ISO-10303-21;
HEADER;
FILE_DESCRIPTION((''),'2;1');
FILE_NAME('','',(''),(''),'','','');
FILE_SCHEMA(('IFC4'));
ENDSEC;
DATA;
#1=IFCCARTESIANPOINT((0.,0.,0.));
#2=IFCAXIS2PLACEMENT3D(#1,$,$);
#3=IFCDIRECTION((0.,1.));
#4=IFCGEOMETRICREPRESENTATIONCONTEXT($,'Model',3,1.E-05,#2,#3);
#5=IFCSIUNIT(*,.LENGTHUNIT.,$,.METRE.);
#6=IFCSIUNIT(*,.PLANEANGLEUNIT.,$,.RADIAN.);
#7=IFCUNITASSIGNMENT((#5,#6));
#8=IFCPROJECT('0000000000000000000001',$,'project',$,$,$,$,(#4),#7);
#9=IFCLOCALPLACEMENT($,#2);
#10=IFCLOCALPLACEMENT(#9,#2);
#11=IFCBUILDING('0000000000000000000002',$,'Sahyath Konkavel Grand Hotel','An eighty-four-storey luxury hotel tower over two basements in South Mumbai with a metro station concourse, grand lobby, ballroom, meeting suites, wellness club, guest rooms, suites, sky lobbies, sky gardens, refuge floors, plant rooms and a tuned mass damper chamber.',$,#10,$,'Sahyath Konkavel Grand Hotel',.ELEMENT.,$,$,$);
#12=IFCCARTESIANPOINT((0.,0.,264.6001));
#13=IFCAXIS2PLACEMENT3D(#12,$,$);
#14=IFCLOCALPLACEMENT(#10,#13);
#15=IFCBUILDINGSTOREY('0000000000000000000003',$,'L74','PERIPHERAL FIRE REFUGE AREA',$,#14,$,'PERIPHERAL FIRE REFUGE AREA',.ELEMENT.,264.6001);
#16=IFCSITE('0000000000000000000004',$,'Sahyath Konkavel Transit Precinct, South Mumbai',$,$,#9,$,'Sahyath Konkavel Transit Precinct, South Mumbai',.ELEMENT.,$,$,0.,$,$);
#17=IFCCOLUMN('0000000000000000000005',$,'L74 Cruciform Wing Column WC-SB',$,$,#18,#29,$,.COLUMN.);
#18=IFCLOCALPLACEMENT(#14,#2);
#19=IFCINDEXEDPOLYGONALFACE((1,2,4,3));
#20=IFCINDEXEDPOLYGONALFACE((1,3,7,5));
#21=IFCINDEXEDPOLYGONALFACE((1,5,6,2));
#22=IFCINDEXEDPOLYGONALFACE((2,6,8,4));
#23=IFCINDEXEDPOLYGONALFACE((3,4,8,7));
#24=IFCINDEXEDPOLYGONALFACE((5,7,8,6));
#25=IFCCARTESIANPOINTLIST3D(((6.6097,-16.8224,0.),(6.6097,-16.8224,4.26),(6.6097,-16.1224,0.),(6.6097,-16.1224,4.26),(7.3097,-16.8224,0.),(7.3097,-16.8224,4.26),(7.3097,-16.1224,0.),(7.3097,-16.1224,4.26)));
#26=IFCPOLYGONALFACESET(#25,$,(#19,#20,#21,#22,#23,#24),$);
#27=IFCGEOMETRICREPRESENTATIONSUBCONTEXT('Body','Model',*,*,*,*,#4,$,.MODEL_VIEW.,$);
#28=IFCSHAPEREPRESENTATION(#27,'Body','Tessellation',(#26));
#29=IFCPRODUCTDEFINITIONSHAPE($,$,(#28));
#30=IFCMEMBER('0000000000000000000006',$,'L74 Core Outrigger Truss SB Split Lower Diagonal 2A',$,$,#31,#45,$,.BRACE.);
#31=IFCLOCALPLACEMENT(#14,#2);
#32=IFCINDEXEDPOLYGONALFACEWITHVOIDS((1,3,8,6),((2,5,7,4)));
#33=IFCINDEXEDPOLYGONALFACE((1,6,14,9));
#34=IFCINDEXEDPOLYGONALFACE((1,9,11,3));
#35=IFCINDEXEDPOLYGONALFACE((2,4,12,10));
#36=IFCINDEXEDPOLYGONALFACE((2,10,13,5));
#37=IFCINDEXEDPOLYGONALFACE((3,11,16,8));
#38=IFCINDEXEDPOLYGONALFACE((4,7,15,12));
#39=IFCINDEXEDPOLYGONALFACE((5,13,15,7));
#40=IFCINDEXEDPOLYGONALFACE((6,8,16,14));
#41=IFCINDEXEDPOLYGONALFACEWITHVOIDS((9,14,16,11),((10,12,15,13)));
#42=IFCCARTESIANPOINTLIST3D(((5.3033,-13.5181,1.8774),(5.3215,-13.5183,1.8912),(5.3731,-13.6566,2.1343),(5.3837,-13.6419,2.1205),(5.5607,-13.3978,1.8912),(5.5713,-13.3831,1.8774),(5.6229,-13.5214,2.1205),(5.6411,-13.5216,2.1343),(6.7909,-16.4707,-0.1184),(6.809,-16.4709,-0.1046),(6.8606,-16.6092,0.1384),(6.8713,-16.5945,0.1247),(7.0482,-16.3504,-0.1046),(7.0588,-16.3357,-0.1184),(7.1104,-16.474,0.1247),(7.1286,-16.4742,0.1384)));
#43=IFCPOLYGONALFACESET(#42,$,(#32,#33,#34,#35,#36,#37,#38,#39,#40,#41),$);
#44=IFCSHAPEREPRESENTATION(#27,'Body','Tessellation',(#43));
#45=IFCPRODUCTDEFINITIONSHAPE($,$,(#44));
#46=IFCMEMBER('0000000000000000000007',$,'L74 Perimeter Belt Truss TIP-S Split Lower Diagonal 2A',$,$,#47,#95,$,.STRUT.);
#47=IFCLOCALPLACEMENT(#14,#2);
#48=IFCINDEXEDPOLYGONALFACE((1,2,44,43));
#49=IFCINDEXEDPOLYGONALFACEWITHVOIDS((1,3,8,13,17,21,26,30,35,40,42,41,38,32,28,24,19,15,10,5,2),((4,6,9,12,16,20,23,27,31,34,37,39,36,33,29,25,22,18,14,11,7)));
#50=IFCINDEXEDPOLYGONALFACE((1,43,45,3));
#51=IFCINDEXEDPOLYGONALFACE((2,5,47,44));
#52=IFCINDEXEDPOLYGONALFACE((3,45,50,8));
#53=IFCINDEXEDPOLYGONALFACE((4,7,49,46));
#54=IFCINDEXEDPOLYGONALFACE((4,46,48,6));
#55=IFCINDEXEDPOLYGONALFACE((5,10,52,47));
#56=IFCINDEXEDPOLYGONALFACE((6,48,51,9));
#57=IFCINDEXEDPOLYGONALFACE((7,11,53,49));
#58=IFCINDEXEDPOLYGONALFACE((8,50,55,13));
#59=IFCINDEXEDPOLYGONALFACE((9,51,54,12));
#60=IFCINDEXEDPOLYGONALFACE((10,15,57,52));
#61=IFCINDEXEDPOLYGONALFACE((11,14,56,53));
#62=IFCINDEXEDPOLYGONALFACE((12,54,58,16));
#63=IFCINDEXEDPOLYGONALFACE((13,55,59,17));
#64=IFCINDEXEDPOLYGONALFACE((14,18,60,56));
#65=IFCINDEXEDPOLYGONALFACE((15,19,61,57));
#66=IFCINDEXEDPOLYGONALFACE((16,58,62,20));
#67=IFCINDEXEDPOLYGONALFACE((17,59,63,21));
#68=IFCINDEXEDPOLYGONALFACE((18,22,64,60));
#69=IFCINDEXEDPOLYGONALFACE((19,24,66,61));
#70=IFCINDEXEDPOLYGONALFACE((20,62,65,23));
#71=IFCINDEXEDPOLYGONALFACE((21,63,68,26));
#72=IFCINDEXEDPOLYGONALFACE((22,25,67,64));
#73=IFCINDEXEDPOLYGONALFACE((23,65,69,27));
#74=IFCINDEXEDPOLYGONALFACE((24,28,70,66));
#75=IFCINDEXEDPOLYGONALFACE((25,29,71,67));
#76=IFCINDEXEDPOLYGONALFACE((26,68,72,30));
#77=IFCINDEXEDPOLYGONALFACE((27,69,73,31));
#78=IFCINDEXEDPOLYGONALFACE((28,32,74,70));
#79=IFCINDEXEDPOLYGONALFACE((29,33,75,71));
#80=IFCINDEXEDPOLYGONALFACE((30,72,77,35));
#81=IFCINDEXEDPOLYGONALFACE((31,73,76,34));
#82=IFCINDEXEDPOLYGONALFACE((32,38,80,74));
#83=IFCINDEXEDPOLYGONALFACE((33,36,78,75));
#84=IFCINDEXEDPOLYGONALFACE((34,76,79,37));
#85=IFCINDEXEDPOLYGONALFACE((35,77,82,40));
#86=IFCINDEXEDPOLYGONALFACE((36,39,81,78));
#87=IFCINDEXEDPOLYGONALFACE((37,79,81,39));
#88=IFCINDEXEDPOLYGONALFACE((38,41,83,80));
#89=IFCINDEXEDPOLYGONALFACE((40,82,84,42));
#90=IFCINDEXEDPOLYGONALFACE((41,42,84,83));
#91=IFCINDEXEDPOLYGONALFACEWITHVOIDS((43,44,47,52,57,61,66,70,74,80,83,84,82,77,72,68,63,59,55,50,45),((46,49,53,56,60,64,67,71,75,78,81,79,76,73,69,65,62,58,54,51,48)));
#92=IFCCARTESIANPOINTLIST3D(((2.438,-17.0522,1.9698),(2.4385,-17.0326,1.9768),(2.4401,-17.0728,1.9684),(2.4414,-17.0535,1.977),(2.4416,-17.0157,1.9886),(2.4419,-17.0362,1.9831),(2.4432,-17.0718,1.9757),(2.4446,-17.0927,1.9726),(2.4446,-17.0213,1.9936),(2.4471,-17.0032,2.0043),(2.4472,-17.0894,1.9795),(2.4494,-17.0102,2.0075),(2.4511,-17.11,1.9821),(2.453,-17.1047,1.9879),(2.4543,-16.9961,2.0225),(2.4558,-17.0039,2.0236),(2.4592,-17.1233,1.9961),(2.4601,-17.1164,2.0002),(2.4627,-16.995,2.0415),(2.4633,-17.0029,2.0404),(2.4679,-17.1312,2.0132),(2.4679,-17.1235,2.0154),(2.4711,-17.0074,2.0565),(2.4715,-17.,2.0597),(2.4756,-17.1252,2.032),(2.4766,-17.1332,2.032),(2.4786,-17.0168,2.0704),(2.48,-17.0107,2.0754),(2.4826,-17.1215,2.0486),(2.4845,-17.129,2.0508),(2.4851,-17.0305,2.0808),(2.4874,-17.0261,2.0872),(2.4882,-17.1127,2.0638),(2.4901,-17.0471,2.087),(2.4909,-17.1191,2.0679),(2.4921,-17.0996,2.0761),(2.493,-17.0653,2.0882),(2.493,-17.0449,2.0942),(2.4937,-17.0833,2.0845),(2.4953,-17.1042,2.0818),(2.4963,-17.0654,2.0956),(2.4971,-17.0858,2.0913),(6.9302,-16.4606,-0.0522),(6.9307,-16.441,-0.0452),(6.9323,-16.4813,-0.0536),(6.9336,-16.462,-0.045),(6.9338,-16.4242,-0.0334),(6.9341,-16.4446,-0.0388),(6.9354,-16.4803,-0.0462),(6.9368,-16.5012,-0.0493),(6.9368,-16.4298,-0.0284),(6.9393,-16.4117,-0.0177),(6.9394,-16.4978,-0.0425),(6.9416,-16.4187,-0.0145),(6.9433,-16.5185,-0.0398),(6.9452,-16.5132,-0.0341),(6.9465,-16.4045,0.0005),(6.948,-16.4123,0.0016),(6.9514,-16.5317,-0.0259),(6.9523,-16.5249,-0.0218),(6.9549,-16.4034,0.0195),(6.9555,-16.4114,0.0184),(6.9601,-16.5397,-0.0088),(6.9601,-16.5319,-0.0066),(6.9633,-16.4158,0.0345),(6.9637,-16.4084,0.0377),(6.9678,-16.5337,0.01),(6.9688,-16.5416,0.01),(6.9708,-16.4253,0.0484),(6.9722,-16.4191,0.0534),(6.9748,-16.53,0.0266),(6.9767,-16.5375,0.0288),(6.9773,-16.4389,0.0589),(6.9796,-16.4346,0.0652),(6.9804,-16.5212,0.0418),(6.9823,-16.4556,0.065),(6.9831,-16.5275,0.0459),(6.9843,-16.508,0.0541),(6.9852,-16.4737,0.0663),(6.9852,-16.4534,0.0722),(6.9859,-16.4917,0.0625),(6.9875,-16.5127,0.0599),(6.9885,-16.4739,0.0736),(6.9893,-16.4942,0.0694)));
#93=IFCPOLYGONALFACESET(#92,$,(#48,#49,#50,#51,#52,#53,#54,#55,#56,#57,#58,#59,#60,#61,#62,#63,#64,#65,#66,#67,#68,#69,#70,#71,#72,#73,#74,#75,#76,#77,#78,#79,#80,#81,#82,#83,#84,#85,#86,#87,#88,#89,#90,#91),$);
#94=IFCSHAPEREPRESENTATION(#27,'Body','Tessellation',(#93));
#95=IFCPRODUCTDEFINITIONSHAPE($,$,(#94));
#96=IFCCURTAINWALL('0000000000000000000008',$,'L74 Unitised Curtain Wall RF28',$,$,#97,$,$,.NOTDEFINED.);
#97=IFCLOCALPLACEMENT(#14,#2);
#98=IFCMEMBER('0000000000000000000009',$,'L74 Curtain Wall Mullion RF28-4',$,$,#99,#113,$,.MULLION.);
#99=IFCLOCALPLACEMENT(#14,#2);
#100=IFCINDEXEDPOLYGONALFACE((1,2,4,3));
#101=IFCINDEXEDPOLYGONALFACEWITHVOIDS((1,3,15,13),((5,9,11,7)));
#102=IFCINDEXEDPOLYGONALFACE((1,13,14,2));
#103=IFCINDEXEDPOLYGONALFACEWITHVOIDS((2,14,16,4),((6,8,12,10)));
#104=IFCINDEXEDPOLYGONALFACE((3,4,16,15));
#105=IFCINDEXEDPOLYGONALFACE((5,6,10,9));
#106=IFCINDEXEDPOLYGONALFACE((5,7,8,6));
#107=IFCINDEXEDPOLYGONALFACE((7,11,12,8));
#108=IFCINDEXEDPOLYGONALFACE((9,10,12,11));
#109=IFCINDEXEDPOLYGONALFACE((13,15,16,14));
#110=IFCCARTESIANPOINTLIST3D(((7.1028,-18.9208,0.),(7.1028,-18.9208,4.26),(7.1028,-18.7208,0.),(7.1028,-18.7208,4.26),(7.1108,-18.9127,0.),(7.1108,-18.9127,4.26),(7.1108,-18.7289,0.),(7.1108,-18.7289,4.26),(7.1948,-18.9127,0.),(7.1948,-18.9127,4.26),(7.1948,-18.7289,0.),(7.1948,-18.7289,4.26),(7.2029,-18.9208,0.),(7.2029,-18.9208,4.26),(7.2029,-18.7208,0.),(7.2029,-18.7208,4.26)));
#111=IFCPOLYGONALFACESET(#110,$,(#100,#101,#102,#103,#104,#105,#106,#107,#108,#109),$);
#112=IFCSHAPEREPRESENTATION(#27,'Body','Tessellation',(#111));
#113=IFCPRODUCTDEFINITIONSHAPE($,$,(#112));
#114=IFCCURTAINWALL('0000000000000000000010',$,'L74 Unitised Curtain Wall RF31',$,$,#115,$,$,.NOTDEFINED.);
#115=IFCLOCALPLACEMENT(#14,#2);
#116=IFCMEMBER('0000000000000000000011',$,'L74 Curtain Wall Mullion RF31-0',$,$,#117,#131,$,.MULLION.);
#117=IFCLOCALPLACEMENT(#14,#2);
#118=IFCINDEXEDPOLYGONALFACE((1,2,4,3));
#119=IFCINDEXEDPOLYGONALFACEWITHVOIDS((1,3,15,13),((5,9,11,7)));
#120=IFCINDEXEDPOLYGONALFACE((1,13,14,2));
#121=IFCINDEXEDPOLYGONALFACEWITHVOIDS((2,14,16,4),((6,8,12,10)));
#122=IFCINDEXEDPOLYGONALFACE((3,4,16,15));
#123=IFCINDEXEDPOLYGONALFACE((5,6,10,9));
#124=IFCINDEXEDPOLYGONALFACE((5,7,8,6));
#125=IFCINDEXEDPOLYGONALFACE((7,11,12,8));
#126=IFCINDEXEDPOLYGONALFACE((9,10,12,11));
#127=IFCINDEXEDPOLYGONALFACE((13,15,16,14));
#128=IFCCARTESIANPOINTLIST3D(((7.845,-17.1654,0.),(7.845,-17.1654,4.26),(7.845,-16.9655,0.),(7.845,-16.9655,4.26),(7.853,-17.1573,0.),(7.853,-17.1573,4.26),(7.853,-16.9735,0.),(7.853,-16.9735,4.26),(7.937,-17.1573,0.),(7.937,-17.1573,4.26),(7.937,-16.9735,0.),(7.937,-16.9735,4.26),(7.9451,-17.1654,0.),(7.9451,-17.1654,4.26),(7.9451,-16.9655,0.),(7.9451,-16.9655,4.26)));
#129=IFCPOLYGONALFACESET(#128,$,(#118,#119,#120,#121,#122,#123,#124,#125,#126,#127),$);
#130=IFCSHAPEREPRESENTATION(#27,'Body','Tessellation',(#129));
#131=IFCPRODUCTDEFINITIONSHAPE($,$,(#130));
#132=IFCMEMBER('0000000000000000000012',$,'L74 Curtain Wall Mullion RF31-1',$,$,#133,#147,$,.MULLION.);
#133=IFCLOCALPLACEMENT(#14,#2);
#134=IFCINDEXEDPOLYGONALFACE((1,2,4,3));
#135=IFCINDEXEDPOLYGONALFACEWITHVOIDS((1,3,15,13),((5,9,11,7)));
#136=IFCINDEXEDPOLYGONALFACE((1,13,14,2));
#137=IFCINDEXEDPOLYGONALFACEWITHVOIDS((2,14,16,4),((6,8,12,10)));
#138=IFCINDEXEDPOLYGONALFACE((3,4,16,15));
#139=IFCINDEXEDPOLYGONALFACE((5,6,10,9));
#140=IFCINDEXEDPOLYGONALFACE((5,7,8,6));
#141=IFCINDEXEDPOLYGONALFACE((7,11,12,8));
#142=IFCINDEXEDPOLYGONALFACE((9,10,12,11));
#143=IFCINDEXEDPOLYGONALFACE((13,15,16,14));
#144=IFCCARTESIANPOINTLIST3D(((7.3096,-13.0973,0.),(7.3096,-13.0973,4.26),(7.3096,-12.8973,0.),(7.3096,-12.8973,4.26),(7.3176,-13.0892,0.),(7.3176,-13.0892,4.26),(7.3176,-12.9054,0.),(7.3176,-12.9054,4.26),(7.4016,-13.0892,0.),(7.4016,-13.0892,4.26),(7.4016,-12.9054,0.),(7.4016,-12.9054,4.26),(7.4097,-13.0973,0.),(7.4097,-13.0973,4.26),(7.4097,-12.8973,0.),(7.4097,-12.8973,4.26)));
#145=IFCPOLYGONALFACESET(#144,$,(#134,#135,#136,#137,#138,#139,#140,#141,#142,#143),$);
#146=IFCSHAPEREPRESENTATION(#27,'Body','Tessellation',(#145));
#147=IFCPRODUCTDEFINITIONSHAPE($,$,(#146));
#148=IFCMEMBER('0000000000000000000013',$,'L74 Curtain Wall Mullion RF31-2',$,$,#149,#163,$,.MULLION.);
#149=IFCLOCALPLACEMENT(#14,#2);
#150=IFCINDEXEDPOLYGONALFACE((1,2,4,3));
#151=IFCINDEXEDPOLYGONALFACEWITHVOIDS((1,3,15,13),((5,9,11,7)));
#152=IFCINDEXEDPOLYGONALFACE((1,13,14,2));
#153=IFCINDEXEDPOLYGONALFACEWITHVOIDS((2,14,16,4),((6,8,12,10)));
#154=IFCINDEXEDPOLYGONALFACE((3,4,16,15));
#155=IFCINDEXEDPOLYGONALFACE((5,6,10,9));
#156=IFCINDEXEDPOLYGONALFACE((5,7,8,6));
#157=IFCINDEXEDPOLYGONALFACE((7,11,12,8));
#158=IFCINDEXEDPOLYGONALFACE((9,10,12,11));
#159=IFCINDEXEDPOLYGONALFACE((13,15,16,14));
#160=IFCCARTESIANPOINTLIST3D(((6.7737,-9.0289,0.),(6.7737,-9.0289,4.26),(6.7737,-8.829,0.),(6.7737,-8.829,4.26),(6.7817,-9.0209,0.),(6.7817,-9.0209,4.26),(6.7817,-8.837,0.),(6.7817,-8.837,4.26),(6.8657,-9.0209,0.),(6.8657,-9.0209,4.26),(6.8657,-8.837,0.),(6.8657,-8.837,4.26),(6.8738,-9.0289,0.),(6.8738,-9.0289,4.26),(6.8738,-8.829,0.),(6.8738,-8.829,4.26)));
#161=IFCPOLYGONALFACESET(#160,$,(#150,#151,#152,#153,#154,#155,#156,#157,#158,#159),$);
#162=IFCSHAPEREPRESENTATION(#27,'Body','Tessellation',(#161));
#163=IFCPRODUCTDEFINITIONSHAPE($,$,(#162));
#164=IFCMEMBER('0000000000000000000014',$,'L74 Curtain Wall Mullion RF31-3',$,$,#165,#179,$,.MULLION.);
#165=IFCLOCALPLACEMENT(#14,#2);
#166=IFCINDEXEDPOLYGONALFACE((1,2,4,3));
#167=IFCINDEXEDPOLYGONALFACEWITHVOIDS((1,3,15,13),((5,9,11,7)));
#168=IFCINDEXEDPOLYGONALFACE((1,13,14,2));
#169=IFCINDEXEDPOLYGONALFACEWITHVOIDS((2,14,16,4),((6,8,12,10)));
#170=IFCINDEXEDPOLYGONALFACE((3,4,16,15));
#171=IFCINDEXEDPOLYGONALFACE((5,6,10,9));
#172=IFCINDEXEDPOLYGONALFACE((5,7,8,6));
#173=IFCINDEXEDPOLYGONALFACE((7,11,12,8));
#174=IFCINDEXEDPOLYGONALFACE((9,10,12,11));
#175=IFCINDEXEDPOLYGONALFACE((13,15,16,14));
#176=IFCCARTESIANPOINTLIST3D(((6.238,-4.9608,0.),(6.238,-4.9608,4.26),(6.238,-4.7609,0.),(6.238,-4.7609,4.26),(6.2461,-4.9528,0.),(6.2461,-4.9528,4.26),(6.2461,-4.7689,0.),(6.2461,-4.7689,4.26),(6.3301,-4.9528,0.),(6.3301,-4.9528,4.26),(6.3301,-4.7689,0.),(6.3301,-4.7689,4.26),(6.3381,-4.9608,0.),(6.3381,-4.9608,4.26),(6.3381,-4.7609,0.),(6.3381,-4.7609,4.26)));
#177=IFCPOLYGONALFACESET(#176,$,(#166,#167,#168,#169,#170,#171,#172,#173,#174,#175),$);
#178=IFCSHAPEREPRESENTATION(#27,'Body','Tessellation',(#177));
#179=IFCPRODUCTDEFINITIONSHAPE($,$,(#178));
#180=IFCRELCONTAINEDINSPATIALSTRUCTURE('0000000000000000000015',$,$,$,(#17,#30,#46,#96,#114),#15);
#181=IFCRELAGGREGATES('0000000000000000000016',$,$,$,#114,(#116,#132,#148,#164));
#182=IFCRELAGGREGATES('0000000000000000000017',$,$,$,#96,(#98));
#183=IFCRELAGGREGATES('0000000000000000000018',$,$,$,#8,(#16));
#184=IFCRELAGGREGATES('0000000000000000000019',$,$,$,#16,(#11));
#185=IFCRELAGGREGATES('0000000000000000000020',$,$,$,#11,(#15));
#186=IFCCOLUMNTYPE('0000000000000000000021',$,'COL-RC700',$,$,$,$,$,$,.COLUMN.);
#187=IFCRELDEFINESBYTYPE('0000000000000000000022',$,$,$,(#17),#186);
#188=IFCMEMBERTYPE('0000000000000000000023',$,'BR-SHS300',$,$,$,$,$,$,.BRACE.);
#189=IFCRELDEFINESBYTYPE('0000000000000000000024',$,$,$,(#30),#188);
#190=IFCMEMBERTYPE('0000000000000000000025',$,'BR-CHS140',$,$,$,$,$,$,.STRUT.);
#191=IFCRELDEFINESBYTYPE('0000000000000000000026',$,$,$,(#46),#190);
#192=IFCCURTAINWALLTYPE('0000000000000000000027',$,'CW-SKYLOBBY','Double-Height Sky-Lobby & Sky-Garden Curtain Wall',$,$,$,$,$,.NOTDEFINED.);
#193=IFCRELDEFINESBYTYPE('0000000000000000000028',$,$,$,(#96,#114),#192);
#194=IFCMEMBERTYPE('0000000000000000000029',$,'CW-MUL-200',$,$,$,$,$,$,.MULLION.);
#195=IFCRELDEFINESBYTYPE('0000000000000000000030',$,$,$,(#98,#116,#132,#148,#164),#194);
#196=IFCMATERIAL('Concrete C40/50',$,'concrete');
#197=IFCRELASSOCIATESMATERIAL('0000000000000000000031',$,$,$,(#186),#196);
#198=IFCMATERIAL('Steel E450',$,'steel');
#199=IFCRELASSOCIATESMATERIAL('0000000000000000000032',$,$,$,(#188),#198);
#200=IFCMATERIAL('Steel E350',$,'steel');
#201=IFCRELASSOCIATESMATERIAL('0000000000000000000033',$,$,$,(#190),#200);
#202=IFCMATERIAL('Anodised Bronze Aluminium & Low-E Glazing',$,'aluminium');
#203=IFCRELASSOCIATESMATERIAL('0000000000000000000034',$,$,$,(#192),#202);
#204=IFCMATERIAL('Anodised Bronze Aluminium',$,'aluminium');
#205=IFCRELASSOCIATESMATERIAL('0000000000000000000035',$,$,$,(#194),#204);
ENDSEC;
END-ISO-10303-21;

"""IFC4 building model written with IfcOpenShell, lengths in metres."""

from ifc_helpers import new_model, si_unit, direction, frame, origin, origin_2d, place, context, subcontext, project, spatial, rectangle, hollow_rectangle, hollow_circle, extrude, source, transform, mapped, material, material_profile, profile_set, type_object, element, aggregate, save


model = new_model("IFC4")

# Units and contexts
model_context = context("Model", 3, precision=1e-05, world=origin(), true_north=direction((0.0, 1.0)))
body_context = subcontext(model_context, "Body", "Model", "MODEL_VIEW")
ifc_project = project(units=[si_unit("LENGTHUNIT", "METRE"), si_unit("PLANEANGLEUNIT", "RADIAN")], contexts=[model_context])

# Site, building, storey
site_placement = place(None, origin())
site = spatial("IfcSite", under=ifc_project, at=site_placement, Name="Sahyath Konkavel Transit Precinct, South Mumbai", LongName="Sahyath Konkavel Transit Precinct, South Mumbai", CompositionType="ELEMENT", RefElevation=0.0)
building_placement = place(site_placement, origin())
building = spatial("IfcBuilding", under=site, at=building_placement, Name="Sahyath Konkavel Grand Hotel", Description="An eighty-four-storey luxury hotel tower over two basements in South Mumbai with a metro station concourse, grand lobby, ballroom, meeting suites, wellness club, guest rooms, suites, sky lobbies, sky gardens, refuge floors, plant rooms and a tuned mass damper chamber.", LongName="Sahyath Konkavel Grand Hotel", CompositionType="ELEMENT")
storey_placement = place(building_placement, frame((0.0, 0.0, 264.6001)))
storey = spatial("IfcBuildingStorey", under=building, at=storey_placement, Name="L74", Description="PERIPHERAL FIRE REFUGE AREA", LongName="PERIPHERAL FIRE REFUGE AREA", CompositionType="ELEMENT", Elevation=264.6001)

# Column
ifc_material_1 = material(Name="Concrete C40/50", Category="concrete")
ifc_material_profile_1 = material_profile(ifc_material_1, rectangle(XDim=0.7, YDim=0.7, at=origin_2d()), Name="RC 700x700")
ifc_profile_set_1 = profile_set([ifc_material_profile_1], Name="Concrete C40/50")
column_type = type_object("IfcColumnType", Name="COL-RC700", PredefinedType="COLUMN", material=ifc_profile_set_1)
shared_shape_1 = source(origin(), body_context, "Body", "SweptSolid", [
    extrude(rectangle(XDim=0.7, YDim=0.7, at=origin_2d()), origin(), (0.0, 0.0, 1.0), 4.26),
])
column_placement = place(storey_placement, frame((6.9597, -16.4724, 0.0), z_axis=(0.0, 0.0, 1.0), x_axis=(1.0, 0.0, 0.0)))
element("IfcColumn", 1, at=column_placement, inside=storey, type_object=column_type, Name="L74 Cruciform Wing Column WC-SB", PredefinedType="COLUMN", context=body_context, shape_type="MappedRepresentation", body=[
    mapped(shared_shape_1, transform((0.0, 0.0, 0.0), scale=1.0)),
])

# Members
ifc_material_2 = material(Name="Steel E450", Category="steel")
ifc_material_profile_2 = material_profile(ifc_material_2, hollow_rectangle(XDim=0.3, YDim=0.3, WallThickness=0.0161, at=origin_2d()), Name="SHS 300x300x16")
ifc_profile_set_2 = profile_set([ifc_material_profile_2], Name="Steel E450")
member_type_1 = type_object("IfcMemberType", Name="BR-SHS300", PredefinedType="BRACE", material=ifc_profile_set_2)
shared_shape_2 = source(origin(), body_context, "Body", "SweptSolid", [
    extrude(hollow_rectangle(XDim=0.3, YDim=0.3, WallThickness=0.0161, at=origin_2d()), origin(), (0.0, 0.0, 1.0), 3.8618),
])
member_1_placement = place(storey_placement, frame((6.9597, -16.4724, 0.01), z_axis=(-0.385186, 0.764555, 0.516805), x_axis=(-0.893064, -0.449929, 0.0)))
element("IfcMember", 2, at=member_1_placement, inside=storey, type_object=member_type_1, Name="L74 Core Outrigger Truss SB Split Lower Diagonal 2A", PredefinedType="BRACE", context=body_context, shape_type="MappedRepresentation", body=[
    mapped(shared_shape_2, transform((0.0, 0.0, 0.0), scale=1.0)),
])
ifc_material_3 = material(Name="Steel E350", Category="steel")
ifc_material_profile_3 = material_profile(ifc_material_3, hollow_circle(Radius=0.0698, WallThickness=0.0081, at=origin_2d()), Name="CHS 139.7x8")
ifc_profile_set_3 = profile_set([ifc_material_profile_3], Name="Steel E350")
member_type_2 = type_object("IfcMemberType", Name="BR-CHS140", PredefinedType="STRUT", material=ifc_profile_set_3)
shared_shape_3 = source(origin(), body_context, "Body", "SweptSolid", [
    extrude(hollow_circle(Radius=0.0698, WallThickness=0.0081, at=origin_2d()), origin(), (0.0, 0.0, 1.0), 4.9617),
])
member_2_placement = place(storey_placement, frame((6.9597, -16.4724, 0.01), z_axis=(-0.90538, -0.119225, 0.40752), x_axis=(0.130558, -0.991441, 0.0)))
element("IfcMember", 3, at=member_2_placement, inside=storey, type_object=member_type_2, Name="L74 Perimeter Belt Truss TIP-S Split Lower Diagonal 2A", PredefinedType="STRUT", context=body_context, shape_type="MappedRepresentation", body=[
    mapped(shared_shape_3, transform((0.0, 0.0, 0.0), scale=1.0)),
])

# Curtain wall, member
ifc_material_4 = material(Name="Anodised Bronze Aluminium & Low-E Glazing", Category="aluminium")
curtain_wall_type = type_object("IfcCurtainWallType", Name="CW-SKYLOBBY", Description="Double-Height Sky-Lobby & Sky-Garden Curtain Wall", PredefinedType="NOTDEFINED", material=ifc_material_4)
curtain_wall_1_placement = place(storey_placement, origin())
curtain_wall_1 = element("IfcCurtainWall", 4, at=curtain_wall_1_placement, inside=storey, type_object=curtain_wall_type, Name="L74 Unitised Curtain Wall RF28", PredefinedType="NOTDEFINED")
ifc_material_5 = material(Name="Anodised Bronze Aluminium", Category="aluminium")
ifc_material_profile_4 = material_profile(ifc_material_5, hollow_rectangle(XDim=0.1001, YDim=0.2, WallThickness=0.0081, at=origin_2d()), Name="RHS 200x100x8")
ifc_profile_set_4 = profile_set([ifc_material_profile_4], Name="Anodised Bronze Aluminium")
member_type_3 = type_object("IfcMemberType", Name="CW-MUL-200", PredefinedType="MULLION", material=ifc_profile_set_4)
shared_shape_4 = source(origin(), body_context, "Body", "SweptSolid", [
    extrude(hollow_rectangle(XDim=0.1001, YDim=0.2, WallThickness=0.0081, at=origin_2d()), origin(), (0.0, 0.0, 1.0), 4.26),
])
member_3_placement = place(storey_placement, frame((7.1528, -18.8208, 0.0), z_axis=(0.0, 0.0, 1.0), x_axis=(1.0, 0.0, 0.0)))
member_3 = element("IfcMember", 5, at=member_3_placement, type_object=member_type_3, Name="L74 Curtain Wall Mullion RF28-4", PredefinedType="MULLION", context=body_context, shape_type="MappedRepresentation", body=[
    mapped(shared_shape_4, transform((0.0, 0.0, 0.0), scale=1.0)),
])

# Curtain wall, members
curtain_wall_2_placement = place(storey_placement, origin())
curtain_wall_2 = element("IfcCurtainWall", 6, at=curtain_wall_2_placement, inside=storey, type_object=curtain_wall_type, Name="L74 Unitised Curtain Wall RF31", PredefinedType="NOTDEFINED")
member_4_placement = place(storey_placement, frame((7.895, -17.0654, 0.0), z_axis=(0.0, 0.0, 1.0), x_axis=(1.0, 0.0, 0.0)))
member_4 = element("IfcMember", 7, at=member_4_placement, type_object=member_type_3, Name="L74 Curtain Wall Mullion RF31-0", PredefinedType="MULLION", context=body_context, shape_type="MappedRepresentation", body=[
    mapped(shared_shape_4, transform((0.0, 0.0, 0.0), scale=1.0)),
])
member_5_placement = place(storey_placement, frame((7.3596, -12.9973, 0.0), z_axis=(0.0, 0.0, 1.0), x_axis=(1.0, 0.0, 0.0)))
member_5 = element("IfcMember", 8, at=member_5_placement, type_object=member_type_3, Name="L74 Curtain Wall Mullion RF31-1", PredefinedType="MULLION", context=body_context, shape_type="MappedRepresentation", body=[
    mapped(shared_shape_4, transform((0.0, 0.0, 0.0), scale=1.0)),
])
member_6_placement = place(storey_placement, frame((6.8237, -8.929, 0.0), z_axis=(0.0, 0.0, 1.0), x_axis=(1.0, 0.0, 0.0)))
member_6 = element("IfcMember", 9, at=member_6_placement, type_object=member_type_3, Name="L74 Curtain Wall Mullion RF31-2", PredefinedType="MULLION", context=body_context, shape_type="MappedRepresentation", body=[
    mapped(shared_shape_4, transform((0.0, 0.0, 0.0), scale=1.0)),
])
member_7_placement = place(storey_placement, frame((6.2881, -4.8608, 0.0), z_axis=(0.0, 0.0, 1.0), x_axis=(1.0, 0.0, 0.0)))
member_7 = element("IfcMember", 10, at=member_7_placement, type_object=member_type_3, Name="L74 Curtain Wall Mullion RF31-3", PredefinedType="MULLION", context=body_context, shape_type="MappedRepresentation", body=[
    mapped(shared_shape_4, transform((0.0, 0.0, 0.0), scale=1.0)),
])

aggregate(curtain_wall_2, [member_4, member_5, member_6, member_7])
aggregate(curtain_wall_1, [member_3])

save(model, "model.ifc")
